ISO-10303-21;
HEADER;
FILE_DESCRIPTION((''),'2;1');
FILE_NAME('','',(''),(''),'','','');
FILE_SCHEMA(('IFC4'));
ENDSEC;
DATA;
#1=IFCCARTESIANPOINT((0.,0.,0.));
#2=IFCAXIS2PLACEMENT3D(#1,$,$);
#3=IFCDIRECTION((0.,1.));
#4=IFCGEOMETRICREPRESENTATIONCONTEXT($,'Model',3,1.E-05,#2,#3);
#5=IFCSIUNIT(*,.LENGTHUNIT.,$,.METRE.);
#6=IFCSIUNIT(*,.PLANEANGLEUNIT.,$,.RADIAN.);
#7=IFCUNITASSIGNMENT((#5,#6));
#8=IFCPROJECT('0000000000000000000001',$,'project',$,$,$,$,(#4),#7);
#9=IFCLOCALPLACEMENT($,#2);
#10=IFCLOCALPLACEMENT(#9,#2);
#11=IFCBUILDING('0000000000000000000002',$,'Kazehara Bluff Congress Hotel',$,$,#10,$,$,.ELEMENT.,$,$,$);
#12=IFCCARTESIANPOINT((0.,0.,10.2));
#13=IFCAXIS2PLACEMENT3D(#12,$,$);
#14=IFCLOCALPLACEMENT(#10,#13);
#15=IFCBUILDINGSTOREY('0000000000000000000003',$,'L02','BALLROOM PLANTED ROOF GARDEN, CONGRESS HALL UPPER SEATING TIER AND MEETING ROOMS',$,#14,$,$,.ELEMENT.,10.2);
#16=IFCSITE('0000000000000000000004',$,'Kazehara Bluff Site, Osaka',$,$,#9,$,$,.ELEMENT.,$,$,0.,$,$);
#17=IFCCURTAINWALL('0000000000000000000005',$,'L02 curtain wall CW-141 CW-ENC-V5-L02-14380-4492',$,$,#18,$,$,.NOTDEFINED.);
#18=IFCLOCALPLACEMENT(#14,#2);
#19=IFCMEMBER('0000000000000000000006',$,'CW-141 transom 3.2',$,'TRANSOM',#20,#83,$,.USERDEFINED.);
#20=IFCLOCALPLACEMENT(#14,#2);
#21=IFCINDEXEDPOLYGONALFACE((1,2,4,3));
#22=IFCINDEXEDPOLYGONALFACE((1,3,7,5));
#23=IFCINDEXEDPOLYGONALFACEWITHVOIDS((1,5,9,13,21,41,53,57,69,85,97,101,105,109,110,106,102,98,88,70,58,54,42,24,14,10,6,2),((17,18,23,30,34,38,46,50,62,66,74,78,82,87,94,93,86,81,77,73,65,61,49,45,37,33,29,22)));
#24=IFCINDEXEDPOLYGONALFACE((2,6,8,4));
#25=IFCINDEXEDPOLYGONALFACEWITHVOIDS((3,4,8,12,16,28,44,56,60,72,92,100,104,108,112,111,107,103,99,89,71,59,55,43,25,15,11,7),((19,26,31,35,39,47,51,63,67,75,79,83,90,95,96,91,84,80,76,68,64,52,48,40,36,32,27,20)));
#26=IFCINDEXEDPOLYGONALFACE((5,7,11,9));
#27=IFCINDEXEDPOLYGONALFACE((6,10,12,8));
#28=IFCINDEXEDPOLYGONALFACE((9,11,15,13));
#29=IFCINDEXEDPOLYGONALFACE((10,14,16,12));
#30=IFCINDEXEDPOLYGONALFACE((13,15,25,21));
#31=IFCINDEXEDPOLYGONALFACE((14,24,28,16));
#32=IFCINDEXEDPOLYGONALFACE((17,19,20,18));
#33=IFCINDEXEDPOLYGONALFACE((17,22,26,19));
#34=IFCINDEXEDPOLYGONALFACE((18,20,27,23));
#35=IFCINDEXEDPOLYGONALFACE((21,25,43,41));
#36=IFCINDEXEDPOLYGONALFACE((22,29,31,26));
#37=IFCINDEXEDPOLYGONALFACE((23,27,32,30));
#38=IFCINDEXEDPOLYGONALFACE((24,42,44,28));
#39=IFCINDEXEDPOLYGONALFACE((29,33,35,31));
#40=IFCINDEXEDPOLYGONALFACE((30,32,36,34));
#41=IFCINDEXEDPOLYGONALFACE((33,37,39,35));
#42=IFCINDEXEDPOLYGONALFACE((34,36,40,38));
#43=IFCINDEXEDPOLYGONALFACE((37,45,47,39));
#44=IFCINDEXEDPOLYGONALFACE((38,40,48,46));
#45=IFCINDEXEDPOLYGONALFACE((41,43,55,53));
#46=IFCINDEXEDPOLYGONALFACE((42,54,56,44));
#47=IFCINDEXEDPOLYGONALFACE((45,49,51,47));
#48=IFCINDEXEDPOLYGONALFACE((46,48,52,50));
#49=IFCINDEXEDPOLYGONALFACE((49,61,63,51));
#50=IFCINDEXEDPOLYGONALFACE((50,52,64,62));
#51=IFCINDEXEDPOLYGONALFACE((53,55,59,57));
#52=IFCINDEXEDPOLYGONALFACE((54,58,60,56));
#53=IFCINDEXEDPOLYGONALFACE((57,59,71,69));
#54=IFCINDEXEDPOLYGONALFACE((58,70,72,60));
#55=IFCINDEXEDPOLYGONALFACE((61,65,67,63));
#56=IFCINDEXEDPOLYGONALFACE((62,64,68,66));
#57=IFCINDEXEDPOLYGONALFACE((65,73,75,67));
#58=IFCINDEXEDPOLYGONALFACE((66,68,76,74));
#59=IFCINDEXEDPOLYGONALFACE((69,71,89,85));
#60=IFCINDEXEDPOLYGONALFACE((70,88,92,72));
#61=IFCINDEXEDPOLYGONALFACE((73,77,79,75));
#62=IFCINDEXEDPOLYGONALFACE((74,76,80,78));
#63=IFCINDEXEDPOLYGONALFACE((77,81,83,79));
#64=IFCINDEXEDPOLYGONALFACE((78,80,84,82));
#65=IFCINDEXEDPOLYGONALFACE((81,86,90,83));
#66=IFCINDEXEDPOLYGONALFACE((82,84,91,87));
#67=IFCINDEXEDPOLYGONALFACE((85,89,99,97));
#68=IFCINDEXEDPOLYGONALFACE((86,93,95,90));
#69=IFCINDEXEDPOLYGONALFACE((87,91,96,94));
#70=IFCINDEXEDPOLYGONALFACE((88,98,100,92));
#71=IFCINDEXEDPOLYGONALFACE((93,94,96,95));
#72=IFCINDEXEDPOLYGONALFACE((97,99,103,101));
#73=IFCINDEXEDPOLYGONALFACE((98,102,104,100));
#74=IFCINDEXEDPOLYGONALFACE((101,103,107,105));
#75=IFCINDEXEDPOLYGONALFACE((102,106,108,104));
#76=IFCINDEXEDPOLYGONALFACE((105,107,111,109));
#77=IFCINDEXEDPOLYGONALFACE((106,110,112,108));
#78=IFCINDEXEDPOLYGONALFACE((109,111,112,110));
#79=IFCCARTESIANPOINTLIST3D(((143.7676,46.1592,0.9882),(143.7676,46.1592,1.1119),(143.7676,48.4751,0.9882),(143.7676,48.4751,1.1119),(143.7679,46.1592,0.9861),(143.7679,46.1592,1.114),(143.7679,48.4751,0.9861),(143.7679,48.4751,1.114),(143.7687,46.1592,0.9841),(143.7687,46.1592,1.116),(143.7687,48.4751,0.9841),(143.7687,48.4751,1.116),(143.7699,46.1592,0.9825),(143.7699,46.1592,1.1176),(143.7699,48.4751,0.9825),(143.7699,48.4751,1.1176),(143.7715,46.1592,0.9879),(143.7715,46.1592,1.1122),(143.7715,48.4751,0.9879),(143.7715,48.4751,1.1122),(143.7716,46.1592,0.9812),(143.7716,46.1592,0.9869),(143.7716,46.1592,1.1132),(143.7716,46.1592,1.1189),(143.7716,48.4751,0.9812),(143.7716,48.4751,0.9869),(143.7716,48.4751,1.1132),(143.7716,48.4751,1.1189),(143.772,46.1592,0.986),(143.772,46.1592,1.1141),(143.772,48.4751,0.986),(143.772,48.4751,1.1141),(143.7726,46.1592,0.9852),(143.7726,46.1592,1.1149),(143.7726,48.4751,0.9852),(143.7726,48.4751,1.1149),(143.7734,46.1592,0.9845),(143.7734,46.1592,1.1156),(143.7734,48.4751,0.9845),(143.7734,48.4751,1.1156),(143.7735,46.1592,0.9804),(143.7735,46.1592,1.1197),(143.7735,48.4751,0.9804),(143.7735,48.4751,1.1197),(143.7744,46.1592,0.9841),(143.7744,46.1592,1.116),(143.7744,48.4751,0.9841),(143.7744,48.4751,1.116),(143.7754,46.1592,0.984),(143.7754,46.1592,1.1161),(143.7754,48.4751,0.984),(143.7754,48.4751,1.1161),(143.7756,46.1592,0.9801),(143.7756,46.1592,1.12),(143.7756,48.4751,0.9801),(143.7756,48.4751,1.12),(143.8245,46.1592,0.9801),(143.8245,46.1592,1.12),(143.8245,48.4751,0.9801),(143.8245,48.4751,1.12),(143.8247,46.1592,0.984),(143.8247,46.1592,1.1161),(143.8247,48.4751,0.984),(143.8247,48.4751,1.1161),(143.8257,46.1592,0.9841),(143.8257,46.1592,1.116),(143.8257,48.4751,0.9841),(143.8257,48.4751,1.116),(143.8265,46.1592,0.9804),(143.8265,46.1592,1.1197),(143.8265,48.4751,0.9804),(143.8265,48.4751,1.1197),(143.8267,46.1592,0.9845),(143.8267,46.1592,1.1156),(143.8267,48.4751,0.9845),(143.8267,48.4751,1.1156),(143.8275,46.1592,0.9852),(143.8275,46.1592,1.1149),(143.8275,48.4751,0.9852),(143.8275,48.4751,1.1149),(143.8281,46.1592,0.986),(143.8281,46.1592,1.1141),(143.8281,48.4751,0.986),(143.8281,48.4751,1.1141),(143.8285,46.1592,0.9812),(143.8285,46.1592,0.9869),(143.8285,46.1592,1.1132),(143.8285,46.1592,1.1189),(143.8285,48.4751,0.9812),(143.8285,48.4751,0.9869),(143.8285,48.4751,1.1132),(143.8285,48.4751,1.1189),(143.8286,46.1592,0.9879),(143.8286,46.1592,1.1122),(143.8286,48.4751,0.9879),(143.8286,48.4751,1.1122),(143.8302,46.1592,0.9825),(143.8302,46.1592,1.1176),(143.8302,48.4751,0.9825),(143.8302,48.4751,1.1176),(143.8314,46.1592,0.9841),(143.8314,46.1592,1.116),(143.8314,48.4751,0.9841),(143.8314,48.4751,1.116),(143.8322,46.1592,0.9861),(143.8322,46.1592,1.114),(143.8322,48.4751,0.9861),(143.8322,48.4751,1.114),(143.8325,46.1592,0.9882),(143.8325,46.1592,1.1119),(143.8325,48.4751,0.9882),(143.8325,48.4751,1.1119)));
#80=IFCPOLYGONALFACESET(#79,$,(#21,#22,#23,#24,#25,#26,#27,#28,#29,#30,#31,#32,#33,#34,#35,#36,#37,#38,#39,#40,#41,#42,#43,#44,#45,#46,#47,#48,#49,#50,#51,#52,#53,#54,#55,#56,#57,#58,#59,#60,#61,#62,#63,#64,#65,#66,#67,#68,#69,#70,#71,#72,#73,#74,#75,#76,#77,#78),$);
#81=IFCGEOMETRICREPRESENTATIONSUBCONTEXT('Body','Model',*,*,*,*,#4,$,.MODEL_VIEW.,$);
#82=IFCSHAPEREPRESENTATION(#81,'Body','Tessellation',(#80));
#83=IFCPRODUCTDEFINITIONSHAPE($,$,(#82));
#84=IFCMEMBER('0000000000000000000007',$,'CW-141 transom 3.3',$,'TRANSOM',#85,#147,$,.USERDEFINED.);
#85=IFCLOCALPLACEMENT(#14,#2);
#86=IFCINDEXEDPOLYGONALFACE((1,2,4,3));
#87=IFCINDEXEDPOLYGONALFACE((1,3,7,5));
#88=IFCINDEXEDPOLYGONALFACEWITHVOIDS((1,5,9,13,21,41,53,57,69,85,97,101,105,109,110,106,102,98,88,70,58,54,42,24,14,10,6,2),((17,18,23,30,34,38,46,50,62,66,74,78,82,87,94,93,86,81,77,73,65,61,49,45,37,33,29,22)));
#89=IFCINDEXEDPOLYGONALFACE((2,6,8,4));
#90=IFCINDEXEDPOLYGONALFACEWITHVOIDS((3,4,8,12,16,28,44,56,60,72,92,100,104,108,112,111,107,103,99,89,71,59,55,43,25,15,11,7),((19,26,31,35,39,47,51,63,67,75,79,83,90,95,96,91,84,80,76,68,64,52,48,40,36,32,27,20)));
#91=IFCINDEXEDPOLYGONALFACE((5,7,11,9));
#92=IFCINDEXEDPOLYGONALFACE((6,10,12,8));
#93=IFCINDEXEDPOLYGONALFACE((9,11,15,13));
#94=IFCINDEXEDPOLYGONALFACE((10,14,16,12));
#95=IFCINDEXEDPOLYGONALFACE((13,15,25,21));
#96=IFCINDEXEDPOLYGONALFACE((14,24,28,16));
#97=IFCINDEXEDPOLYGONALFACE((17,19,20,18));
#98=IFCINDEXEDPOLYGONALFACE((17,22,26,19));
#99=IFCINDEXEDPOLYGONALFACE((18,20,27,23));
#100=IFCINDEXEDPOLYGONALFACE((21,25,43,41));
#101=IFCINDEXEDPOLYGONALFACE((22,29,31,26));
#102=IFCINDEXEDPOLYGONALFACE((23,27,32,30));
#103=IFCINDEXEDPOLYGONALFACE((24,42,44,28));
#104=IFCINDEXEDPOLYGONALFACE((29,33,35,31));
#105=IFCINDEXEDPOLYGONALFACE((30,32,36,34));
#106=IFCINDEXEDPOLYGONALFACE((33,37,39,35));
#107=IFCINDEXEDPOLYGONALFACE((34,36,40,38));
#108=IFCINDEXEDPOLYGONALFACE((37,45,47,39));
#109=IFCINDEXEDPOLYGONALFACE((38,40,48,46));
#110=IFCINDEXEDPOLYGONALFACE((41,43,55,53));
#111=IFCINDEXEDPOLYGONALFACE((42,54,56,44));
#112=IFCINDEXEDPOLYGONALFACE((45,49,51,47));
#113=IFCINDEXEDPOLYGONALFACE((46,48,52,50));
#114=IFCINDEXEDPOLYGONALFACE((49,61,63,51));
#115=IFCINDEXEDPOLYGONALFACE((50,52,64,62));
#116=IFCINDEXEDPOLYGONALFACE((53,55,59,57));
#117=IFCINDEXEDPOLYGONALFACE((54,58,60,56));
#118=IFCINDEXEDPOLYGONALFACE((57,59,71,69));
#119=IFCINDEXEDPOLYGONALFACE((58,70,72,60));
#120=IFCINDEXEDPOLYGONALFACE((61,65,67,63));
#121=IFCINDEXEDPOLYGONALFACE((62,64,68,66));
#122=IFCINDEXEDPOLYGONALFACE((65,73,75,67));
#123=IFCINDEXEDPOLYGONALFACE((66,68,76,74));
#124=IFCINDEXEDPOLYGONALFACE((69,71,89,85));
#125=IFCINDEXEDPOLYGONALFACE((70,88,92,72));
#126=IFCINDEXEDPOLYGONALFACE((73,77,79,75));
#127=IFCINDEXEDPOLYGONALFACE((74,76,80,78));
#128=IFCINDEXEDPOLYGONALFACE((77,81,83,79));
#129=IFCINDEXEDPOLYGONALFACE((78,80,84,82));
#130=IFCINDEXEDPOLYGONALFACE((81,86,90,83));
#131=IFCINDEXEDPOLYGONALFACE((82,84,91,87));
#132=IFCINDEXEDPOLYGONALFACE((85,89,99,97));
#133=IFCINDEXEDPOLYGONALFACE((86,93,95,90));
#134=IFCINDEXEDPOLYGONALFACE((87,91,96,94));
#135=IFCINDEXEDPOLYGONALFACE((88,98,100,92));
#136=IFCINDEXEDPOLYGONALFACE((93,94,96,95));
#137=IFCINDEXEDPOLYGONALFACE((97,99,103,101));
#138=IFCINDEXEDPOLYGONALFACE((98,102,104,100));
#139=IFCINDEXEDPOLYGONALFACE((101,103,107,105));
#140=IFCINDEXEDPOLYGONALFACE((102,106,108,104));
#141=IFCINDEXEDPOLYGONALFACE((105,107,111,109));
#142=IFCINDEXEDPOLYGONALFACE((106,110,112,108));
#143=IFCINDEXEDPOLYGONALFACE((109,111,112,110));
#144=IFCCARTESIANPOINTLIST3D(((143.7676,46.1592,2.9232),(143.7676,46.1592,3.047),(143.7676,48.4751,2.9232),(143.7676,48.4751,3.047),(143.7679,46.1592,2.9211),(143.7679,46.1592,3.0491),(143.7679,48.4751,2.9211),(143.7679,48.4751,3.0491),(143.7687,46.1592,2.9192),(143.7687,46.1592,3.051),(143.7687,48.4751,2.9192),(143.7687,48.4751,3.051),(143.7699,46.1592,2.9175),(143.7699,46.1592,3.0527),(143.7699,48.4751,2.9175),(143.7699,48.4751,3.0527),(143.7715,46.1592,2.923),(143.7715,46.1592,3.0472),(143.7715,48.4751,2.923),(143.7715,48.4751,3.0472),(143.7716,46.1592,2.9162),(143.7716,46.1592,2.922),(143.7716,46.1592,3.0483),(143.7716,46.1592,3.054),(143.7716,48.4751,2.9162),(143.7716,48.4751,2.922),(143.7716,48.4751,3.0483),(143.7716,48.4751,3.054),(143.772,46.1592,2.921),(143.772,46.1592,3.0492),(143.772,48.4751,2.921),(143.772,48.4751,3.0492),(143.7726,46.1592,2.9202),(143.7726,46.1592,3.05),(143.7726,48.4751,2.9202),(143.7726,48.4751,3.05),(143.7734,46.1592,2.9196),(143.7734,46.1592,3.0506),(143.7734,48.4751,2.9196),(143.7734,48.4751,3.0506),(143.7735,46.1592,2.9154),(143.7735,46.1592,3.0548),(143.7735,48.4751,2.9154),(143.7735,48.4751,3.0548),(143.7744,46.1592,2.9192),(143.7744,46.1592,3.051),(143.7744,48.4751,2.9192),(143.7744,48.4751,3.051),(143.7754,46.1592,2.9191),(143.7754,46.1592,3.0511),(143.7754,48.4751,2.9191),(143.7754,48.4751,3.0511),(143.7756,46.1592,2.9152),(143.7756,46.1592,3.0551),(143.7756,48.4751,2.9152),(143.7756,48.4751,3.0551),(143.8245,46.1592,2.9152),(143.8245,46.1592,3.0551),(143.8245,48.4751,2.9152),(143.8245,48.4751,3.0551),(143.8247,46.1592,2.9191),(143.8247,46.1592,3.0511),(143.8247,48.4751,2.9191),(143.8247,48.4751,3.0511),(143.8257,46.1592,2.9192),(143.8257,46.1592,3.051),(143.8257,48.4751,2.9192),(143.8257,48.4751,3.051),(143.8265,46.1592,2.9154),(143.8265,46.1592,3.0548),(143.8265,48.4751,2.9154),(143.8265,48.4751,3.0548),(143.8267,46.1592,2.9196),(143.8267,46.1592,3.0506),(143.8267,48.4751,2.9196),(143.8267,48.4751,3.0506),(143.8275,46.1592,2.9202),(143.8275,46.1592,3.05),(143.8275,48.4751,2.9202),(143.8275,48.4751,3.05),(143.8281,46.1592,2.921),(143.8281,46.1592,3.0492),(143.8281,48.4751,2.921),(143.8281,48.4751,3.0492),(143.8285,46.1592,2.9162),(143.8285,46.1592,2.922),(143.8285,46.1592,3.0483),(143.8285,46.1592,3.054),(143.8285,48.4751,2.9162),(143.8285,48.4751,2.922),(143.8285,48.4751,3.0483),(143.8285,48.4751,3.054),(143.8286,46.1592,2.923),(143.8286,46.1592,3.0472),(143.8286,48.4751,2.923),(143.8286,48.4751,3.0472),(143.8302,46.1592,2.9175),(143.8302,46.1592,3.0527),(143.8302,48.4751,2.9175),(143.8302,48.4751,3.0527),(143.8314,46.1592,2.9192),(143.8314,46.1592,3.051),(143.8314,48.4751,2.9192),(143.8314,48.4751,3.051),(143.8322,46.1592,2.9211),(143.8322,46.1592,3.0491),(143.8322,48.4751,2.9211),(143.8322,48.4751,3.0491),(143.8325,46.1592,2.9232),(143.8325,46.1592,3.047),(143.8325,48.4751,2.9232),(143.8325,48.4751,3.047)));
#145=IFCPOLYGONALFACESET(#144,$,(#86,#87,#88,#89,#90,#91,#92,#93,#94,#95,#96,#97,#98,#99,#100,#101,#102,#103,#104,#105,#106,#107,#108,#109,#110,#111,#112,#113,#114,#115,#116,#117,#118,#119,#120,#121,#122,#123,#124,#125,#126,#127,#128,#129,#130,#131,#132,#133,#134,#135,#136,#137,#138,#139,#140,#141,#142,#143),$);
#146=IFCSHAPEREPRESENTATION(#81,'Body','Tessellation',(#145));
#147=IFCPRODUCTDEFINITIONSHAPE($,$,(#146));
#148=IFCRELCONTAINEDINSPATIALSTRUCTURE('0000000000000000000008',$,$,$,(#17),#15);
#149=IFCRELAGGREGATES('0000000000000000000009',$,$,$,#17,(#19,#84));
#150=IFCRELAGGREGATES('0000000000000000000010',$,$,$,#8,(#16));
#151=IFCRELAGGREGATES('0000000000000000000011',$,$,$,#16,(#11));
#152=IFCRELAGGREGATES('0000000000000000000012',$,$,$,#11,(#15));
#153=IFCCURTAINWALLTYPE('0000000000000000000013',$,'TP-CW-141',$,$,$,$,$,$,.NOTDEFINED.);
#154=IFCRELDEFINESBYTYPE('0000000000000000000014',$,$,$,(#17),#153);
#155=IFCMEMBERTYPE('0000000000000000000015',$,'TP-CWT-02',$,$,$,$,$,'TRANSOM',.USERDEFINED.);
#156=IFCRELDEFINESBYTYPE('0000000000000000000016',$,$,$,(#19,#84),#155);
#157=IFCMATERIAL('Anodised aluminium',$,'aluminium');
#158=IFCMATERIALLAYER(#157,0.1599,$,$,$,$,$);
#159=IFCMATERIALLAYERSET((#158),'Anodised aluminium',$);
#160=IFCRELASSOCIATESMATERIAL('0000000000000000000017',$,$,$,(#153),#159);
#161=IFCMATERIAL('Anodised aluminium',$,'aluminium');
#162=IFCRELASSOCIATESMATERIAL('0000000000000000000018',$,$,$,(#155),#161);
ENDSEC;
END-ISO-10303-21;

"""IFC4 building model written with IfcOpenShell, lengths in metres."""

from ifc_helpers import new_model, si_unit, direction, frame, origin, origin_2d, place, context, subcontext, project, spatial, hollow_rectangle, extrude, material, layer, layer_set, material_profile, profile_set, type_object, element, aggregate, save


model = new_model("IFC4")

# Units and contexts
model_context = context("Model", 3, precision=1e-05, world=origin(), true_north=direction((0.0, 1.0)))
body_context = subcontext(model_context, "Body", "Model", "MODEL_VIEW")
ifc_project = project(units=[si_unit("LENGTHUNIT", "METRE"), si_unit("PLANEANGLEUNIT", "RADIAN")], contexts=[model_context])

# Site, building, storey
site_placement = place(None, origin())
site = spatial("IfcSite", under=ifc_project, at=site_placement, Name="Kazehara Bluff Site, Osaka", CompositionType="ELEMENT", RefElevation=0.0)
building_placement = place(site_placement, origin())
building = spatial("IfcBuilding", under=site, at=building_placement, Name="Kazehara Bluff Congress Hotel", CompositionType="ELEMENT")
storey_placement = place(building_placement, frame((0.0, 0.0, 10.2)))
storey = spatial("IfcBuildingStorey", under=building, at=storey_placement, Name="L02", Description="BALLROOM PLANTED ROOF GARDEN, CONGRESS HALL UPPER SEATING TIER AND MEETING ROOMS", CompositionType="ELEMENT", Elevation=10.2)

# Curtain wall
ifc_material_1 = material(Name="Anodised aluminium", Category="aluminium")
ifc_layer_1 = layer(ifc_material_1, 0.1599)
ifc_layer_set_1 = layer_set([ifc_layer_1], Name="Anodised aluminium")
curtain_wall_type_1 = type_object("IfcCurtainWallType", Name="TP-CW-141", PredefinedType="NOTDEFINED", material=ifc_layer_set_1)
curtain_wall_1_placement = place(storey_placement, origin())
curtain_wall_1 = element("IfcCurtainWall", 1, at=curtain_wall_1_placement, inside=storey, type_object=curtain_wall_type_1, Name="L02 curtain wall CW-141 CW-ENC-V5-L02-14380-4492", PredefinedType="NOTDEFINED")

# Members
ifc_material_2 = material(Name="Anodised aluminium", Category="aluminium")
ifc_material_profile_1 = material_profile(ifc_material_2, hollow_rectangle(XDim=0.0649, YDim=0.1399, WallThickness=0.0039, InnerFilletRadius=0.0039, OuterFilletRadius=0.0081, at=origin_2d()))
ifc_profile_set_1 = profile_set([ifc_material_profile_1], Name="Anodised aluminium")
member_type_1 = type_object("IfcMemberType", Name="TP-CWT-02", ElementType="TRANSOM", PredefinedType="USERDEFINED", material=ifc_profile_set_1)
member_1_placement = place(storey_placement, frame((143.8, 46.1592, 1.05), z_axis=(0.0, 1.0, 0.0), x_axis=(-1.0, 0.0, 0.0)))
member_1 = element("IfcMember", 2, at=member_1_placement, type_object=member_type_1, Name="CW-141 transom 3.2", ObjectType="TRANSOM", PredefinedType="USERDEFINED", context=body_context, shape_type="SweptSolid", body=[
    extrude(hollow_rectangle(XDim=0.0649, YDim=0.1399, WallThickness=0.0039, InnerFilletRadius=0.0039, OuterFilletRadius=0.0081, at=origin_2d()), origin(), (0.0, 0.0, 1.0), 2.3159),
])
member_2_placement = place(storey_placement, frame((143.8, 46.1592, 2.9851), z_axis=(0.0, 1.0, 0.0), x_axis=(-1.0, 0.0, 0.0)))
member_2 = element("IfcMember", 3, at=member_2_placement, type_object=member_type_1, Name="CW-141 transom 3.3", ObjectType="TRANSOM", PredefinedType="USERDEFINED", context=body_context, shape_type="SweptSolid", body=[
    extrude(hollow_rectangle(XDim=0.0649, YDim=0.1399, WallThickness=0.0039, InnerFilletRadius=0.0039, OuterFilletRadius=0.0081, at=origin_2d()), origin(), (0.0, 0.0, 1.0), 2.3159),
])

aggregate(curtain_wall_1, [member_1, member_2])

save(model, "model.ifc")
